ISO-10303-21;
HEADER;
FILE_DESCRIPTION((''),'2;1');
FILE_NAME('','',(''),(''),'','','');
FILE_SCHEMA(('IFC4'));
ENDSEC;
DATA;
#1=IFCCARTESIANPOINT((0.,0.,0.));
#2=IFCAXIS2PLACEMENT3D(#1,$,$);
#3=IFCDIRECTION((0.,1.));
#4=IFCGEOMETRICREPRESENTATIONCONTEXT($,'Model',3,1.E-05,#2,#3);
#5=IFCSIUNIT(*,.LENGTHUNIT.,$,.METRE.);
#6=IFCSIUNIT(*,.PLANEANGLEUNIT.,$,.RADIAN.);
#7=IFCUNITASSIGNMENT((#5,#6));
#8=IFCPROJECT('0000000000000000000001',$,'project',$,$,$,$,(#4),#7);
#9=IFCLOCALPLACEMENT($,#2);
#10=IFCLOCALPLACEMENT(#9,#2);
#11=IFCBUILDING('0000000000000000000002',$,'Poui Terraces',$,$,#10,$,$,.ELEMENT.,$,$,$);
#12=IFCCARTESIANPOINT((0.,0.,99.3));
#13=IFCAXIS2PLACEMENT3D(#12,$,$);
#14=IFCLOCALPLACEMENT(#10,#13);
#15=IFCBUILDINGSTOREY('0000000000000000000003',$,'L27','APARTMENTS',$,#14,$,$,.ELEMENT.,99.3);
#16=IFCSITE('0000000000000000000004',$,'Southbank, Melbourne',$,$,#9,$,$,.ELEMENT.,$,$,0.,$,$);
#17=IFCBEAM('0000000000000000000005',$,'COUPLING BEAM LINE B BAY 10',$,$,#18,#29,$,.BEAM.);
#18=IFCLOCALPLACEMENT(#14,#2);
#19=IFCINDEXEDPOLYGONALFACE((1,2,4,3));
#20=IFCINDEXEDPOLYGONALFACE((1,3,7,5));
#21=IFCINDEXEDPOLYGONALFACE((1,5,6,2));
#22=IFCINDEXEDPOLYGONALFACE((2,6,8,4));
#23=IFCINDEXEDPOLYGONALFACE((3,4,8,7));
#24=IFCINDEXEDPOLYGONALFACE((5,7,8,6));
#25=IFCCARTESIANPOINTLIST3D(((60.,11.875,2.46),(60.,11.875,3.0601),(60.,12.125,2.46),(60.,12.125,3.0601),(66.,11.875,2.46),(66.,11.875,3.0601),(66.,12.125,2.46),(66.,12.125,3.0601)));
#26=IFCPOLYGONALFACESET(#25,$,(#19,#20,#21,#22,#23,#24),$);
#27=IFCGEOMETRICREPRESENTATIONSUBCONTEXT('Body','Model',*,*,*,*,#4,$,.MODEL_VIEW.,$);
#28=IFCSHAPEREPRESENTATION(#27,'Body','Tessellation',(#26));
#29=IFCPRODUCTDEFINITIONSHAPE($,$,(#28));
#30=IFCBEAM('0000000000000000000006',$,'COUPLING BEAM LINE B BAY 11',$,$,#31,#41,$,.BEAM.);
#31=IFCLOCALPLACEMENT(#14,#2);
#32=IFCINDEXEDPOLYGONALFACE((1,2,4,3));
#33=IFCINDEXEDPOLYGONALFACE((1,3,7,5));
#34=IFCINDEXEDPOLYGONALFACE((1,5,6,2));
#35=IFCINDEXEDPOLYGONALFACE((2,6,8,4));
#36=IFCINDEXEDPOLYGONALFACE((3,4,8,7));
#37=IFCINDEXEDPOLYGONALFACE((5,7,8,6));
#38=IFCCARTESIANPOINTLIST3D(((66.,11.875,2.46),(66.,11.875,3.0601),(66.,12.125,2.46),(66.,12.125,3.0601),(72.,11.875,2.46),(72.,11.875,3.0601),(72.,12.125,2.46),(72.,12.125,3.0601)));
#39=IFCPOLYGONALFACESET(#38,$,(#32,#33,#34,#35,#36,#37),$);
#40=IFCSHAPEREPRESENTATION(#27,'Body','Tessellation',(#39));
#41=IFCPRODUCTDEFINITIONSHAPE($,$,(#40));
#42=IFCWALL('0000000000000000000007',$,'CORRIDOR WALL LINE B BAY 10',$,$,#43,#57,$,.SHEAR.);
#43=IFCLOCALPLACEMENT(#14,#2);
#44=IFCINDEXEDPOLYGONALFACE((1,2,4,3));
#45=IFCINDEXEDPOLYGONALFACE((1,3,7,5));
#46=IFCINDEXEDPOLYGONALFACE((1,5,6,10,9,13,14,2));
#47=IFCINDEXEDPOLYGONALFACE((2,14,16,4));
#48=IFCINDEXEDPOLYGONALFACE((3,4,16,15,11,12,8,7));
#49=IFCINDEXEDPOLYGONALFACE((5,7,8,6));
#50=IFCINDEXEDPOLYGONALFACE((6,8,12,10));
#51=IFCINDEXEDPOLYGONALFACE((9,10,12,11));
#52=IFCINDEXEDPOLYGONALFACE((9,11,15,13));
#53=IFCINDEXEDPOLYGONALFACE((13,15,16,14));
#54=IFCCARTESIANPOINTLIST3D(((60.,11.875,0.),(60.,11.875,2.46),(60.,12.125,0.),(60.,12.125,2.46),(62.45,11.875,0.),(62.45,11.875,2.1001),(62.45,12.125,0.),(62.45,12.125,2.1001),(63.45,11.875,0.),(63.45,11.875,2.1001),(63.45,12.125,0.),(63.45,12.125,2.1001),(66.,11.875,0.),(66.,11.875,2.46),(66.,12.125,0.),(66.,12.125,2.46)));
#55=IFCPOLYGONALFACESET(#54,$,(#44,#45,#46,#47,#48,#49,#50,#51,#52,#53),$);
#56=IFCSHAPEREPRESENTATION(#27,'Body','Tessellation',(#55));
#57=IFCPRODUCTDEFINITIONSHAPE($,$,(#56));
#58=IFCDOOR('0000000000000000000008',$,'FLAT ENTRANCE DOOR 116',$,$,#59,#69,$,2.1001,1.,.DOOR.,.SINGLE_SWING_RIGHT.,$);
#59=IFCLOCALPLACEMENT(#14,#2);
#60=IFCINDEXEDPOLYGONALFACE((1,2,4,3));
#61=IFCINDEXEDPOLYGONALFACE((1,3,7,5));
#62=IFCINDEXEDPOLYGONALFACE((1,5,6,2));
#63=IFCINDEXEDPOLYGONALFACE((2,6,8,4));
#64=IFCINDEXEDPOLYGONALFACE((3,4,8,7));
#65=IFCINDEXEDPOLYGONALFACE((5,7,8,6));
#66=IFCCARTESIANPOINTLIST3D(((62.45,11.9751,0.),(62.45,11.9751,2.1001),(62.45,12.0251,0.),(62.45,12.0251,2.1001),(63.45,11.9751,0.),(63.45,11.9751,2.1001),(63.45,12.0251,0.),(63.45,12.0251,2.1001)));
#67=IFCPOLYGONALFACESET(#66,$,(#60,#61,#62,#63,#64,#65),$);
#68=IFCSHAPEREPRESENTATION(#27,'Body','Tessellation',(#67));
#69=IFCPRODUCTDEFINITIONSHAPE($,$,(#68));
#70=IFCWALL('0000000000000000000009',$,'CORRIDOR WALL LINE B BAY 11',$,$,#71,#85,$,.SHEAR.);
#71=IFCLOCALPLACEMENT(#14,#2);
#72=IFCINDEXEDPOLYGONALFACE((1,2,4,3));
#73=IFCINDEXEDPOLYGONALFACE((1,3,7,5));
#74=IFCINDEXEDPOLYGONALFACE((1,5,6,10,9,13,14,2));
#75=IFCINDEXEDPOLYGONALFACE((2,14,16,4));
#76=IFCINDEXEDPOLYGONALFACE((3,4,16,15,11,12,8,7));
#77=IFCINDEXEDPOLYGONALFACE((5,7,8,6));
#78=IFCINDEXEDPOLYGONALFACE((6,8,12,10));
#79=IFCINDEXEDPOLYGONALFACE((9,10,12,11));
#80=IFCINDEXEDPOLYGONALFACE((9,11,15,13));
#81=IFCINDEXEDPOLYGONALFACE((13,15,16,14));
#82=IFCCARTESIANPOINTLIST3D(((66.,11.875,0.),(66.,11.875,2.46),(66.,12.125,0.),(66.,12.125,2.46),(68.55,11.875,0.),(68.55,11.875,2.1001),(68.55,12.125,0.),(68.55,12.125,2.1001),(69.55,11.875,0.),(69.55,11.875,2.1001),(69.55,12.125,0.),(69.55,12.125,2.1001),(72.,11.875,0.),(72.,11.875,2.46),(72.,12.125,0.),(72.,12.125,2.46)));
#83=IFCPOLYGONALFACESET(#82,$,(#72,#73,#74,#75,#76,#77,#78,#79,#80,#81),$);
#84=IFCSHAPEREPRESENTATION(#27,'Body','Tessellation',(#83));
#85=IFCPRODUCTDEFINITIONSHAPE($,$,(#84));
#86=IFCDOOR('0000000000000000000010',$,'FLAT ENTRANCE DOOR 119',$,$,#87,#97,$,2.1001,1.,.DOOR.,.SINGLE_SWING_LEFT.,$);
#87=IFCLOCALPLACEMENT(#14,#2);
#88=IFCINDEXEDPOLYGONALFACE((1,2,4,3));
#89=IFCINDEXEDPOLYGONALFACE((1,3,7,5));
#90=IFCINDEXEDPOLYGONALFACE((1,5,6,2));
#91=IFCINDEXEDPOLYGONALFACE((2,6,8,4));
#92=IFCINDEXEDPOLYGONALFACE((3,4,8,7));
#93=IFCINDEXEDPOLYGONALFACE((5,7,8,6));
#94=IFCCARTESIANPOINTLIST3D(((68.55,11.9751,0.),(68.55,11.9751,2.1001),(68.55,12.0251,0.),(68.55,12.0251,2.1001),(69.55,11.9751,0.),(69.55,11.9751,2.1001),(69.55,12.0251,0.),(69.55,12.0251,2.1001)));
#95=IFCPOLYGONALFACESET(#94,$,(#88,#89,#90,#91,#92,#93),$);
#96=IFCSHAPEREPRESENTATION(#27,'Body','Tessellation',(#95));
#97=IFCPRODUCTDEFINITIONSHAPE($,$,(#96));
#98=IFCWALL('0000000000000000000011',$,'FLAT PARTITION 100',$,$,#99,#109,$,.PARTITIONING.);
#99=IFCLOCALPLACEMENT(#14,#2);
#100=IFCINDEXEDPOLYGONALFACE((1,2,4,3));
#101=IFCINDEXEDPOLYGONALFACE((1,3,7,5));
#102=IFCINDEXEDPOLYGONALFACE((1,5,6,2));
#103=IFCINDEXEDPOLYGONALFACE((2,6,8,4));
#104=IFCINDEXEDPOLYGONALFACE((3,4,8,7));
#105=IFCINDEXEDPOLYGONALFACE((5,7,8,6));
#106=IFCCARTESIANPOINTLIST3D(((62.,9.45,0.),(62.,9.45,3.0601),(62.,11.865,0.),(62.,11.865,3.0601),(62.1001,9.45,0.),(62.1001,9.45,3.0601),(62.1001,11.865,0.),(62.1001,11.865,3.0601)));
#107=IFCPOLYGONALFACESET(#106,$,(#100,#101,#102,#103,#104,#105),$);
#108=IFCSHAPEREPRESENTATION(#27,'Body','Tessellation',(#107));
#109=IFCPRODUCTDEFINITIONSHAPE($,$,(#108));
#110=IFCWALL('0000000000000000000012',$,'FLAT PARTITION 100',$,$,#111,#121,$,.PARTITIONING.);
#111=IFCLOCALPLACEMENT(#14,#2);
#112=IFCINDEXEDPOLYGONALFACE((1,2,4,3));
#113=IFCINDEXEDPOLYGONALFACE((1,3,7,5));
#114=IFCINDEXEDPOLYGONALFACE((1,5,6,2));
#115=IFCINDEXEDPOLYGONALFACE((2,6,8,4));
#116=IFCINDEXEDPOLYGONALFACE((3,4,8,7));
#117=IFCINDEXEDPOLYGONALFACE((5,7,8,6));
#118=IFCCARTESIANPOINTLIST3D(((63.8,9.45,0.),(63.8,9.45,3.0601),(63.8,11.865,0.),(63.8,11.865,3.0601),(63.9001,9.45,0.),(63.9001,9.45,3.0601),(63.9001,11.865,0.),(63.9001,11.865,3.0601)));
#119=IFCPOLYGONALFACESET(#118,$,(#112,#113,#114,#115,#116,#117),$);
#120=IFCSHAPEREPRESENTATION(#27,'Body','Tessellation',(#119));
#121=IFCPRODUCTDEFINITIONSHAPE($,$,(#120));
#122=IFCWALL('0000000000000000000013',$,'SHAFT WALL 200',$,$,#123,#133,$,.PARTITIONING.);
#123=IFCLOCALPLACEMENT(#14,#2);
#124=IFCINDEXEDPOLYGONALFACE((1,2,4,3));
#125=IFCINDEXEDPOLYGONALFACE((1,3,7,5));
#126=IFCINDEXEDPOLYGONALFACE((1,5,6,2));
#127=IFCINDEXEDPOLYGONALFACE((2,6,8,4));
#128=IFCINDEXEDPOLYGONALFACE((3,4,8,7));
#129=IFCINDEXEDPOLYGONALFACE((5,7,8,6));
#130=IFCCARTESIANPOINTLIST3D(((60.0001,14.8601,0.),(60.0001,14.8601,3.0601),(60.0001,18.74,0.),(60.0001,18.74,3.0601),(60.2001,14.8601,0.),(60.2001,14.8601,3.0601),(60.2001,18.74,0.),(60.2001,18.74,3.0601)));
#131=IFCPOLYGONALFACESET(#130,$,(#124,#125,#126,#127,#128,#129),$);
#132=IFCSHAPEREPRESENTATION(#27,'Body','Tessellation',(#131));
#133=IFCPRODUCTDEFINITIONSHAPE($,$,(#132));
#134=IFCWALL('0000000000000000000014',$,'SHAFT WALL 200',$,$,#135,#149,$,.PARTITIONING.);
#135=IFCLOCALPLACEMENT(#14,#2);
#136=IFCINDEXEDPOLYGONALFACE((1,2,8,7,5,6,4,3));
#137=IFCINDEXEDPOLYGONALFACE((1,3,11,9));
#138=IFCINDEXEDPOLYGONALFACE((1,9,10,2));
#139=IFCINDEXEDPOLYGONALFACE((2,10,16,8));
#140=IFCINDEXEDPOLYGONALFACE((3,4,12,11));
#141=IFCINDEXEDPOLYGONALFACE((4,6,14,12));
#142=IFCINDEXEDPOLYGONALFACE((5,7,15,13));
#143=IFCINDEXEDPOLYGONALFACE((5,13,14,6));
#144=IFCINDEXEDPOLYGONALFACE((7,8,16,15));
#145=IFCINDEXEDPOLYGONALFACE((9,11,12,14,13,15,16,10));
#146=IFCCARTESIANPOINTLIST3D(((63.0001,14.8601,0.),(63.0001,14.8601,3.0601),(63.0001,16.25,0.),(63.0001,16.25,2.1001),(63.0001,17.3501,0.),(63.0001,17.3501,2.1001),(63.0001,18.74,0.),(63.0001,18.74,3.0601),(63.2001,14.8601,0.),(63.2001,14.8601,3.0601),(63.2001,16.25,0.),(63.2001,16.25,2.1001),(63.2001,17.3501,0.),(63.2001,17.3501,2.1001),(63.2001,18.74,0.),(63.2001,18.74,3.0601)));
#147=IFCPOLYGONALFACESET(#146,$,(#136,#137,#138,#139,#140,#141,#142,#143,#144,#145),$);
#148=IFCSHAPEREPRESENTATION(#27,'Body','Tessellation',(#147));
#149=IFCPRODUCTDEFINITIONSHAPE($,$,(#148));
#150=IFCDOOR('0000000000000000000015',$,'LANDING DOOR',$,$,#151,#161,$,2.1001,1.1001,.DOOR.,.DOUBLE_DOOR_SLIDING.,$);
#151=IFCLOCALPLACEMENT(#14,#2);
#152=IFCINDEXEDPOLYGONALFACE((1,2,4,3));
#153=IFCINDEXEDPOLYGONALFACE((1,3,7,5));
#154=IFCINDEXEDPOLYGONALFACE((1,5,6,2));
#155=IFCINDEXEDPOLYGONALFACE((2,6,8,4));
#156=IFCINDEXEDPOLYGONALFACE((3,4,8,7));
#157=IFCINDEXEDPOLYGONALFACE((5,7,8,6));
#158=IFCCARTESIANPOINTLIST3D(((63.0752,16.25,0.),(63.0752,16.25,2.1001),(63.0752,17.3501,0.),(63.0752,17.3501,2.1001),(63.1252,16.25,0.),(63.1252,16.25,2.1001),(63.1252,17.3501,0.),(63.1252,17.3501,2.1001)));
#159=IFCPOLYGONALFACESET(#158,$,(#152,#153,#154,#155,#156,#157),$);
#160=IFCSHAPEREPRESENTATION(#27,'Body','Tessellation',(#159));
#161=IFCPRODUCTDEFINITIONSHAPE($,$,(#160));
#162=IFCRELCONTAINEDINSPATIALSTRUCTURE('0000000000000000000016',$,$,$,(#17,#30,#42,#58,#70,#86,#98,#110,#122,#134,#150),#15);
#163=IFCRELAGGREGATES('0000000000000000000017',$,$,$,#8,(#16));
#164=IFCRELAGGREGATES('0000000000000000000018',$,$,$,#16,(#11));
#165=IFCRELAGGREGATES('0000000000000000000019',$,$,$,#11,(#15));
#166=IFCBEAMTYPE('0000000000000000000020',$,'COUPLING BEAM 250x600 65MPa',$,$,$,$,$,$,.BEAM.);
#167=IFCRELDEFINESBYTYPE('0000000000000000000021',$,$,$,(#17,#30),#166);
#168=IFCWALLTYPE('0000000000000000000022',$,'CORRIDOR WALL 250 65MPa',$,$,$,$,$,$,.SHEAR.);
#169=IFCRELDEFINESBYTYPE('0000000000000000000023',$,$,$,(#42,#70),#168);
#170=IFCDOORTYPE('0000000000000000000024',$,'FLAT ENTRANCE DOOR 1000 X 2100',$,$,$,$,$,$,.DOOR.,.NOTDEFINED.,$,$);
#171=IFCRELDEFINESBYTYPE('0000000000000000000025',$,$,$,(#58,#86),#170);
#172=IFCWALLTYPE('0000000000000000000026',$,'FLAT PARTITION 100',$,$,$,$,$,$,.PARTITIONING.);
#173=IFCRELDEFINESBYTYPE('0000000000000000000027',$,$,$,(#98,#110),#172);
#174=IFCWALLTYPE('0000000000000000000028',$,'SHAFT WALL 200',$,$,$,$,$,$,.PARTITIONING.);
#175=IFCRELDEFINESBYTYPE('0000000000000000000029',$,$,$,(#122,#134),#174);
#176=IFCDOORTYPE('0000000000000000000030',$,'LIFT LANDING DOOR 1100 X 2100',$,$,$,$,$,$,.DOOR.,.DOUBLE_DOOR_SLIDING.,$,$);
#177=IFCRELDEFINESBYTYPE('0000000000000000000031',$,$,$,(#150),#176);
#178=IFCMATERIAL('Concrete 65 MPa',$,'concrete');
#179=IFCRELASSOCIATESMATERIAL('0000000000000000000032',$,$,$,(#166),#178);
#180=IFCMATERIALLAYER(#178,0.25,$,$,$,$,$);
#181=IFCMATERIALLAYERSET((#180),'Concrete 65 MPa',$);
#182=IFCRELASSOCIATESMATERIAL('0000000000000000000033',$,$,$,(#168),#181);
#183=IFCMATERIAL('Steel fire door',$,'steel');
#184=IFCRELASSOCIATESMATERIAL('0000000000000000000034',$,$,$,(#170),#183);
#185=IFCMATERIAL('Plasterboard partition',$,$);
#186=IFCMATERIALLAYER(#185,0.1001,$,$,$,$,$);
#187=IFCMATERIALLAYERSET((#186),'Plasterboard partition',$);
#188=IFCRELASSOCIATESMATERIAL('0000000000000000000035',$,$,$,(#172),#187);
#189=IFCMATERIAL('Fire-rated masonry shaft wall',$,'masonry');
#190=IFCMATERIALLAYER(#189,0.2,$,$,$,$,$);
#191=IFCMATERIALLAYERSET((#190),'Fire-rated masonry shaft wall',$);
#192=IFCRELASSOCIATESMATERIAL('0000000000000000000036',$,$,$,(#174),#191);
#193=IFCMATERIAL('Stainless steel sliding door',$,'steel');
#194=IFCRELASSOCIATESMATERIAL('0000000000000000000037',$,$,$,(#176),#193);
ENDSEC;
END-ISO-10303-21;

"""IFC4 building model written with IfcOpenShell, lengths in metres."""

from ifc_helpers import new_model, si_unit, direction, frame, frame_2d, origin, origin_2d, place, context, subcontext, project, spatial, rectangle, extrude, source, transform, mapped, material, layer, layer_set, material_profile, profile_set, type_object, element, fill, save


model = new_model("IFC4")

# Units and contexts
model_context = context("Model", 3, precision=1e-05, world=origin(), true_north=direction((0.0, 1.0)))
body_context = subcontext(model_context, "Body", "Model", "MODEL_VIEW")
ifc_project = project(units=[si_unit("LENGTHUNIT", "METRE"), si_unit("PLANEANGLEUNIT", "RADIAN")], contexts=[model_context])

# Site, building, storey
site_placement = place(None, origin())
site = spatial("IfcSite", under=ifc_project, at=site_placement, Name="Southbank, Melbourne", CompositionType="ELEMENT", RefElevation=0.0)
building_placement = place(site_placement, origin())
building = spatial("IfcBuilding", under=site, at=building_placement, Name="Poui Terraces", CompositionType="ELEMENT")
storey_placement = place(building_placement, frame((0.0, 0.0, 99.3)))
storey = spatial("IfcBuildingStorey", under=building, at=storey_placement, Name="L27", Description="APARTMENTS", CompositionType="ELEMENT", Elevation=99.3)

# Beams
ifc_material_1 = material(Name="Concrete 65 MPa", Category="concrete")
ifc_material_profile = material_profile(ifc_material_1, rectangle(XDim=0.25, YDim=0.6001, at=origin_2d()), Name="RC 250x600")
ifc_profile_set = profile_set([ifc_material_profile], Name="Concrete 65 MPa")
beam_type = type_object("IfcBeamType", Name="COUPLING BEAM 250x600 65MPa", PredefinedType="BEAM", material=ifc_profile_set)
shared_shape = source(origin(), body_context, "Body", "SweptSolid", [
    extrude(rectangle(XDim=0.25, YDim=0.6001, at=origin_2d()), origin(), (0.0, 0.0, 1.0), 6.0),
])
for number, where, z_axis, x_axis, name in (
    (1, (60.0, 12.0, 2.76), (1.0, 0.0, 0.0), (0.0, 1.0, 0.0), "COUPLING BEAM LINE B BAY 10"),
    (2, (66.0, 12.0, 2.76), (1.0, 0.0, 0.0), (0.0, 1.0, 0.0), "COUPLING BEAM LINE B BAY 11"),
):
    element("IfcBeam", number, at=place(storey_placement, frame(where, z_axis=z_axis, x_axis=x_axis)), inside=storey, type_object=beam_type, Name=name, PredefinedType="BEAM", context=body_context, shape_type="MappedRepresentation", body=[
        mapped(shared_shape, transform((0.0, 0.0, 0.0))),
    ])

# Walls, openings, doors
ifc_layer_1 = layer(ifc_material_1, 0.25)
ifc_layer_set_1 = layer_set([ifc_layer_1], Name="Concrete 65 MPa")
wall_type_1 = type_object("IfcWallType", Name="CORRIDOR WALL 250 65MPa", PredefinedType="SHEAR", material=ifc_layer_set_1)
wall_1_placement = place(storey_placement, frame((60.0, 12.0, 0.0), z_axis=(0.0, 0.0, 1.0), x_axis=(1.0, 0.0, 0.0)))
wall_1 = element("IfcWall", 3, at=wall_1_placement, inside=storey, type_object=wall_type_1, Name="CORRIDOR WALL LINE B BAY 10", PredefinedType="SHEAR", context=body_context, shape_type="SweptSolid", body=[
    extrude(rectangle(XDim=6.0, YDim=0.25, at=frame_2d((3.0, 0.0))), origin(), (0.0, 0.0, 1.0), 2.46),
])
opening_1_placement = place(wall_1_placement, frame((2.45, 0.0, 0.0)))
opening_1 = element("IfcOpeningElement", 4, at=opening_1_placement, cuts=wall_1, PredefinedType="OPENING", context=body_context, shape_type="SweptSolid", body=[
    extrude(rectangle(XDim=1.0, YDim=2.1001, at=frame_2d((0.5, 1.05))), frame((0.0, 0.135, 0.0), z_axis=(0.0, -1.0, 0.0), x_axis=(1.0, 0.0, 0.0)), (0.0, 0.0, 1.0), 0.27),
])
ifc_material_2 = material(Name="Steel fire door", Category="steel")
door_type_1 = type_object("IfcDoorType", Name="FLAT ENTRANCE DOOR 1000 X 2100", OperationType="NOTDEFINED", PredefinedType="DOOR", material=ifc_material_2)
door_1_placement = place(opening_1_placement, frame((1.0, 0.0, 0.0), z_axis=(0.0, 0.0, 1.0), x_axis=(-1.0, 0.0, 0.0)))
door_1 = element("IfcDoor", 5, at=door_1_placement, inside=storey, type_object=door_type_1, Name="FLAT ENTRANCE DOOR 116", OperationType="SINGLE_SWING_RIGHT", OverallHeight=2.1001, OverallWidth=1.0, PredefinedType="DOOR", context=body_context, shape_type="SweptSolid", body=[
    extrude(rectangle(XDim=1.0, YDim=2.1001, at=frame_2d((0.5, 1.05))), frame((0.0, 0.0249, 0.0), z_axis=(0.0, -1.0, 0.0), x_axis=(1.0, 0.0, 0.0)), (0.0, 0.0, 1.0), 0.05),
])
fill(opening_1, door_1)
wall_2_placement = place(storey_placement, frame((66.0, 12.0, 0.0), z_axis=(0.0, 0.0, 1.0), x_axis=(1.0, 0.0, 0.0)))
wall_2 = element("IfcWall", 6, at=wall_2_placement, inside=storey, type_object=wall_type_1, Name="CORRIDOR WALL LINE B BAY 11", PredefinedType="SHEAR", context=body_context, shape_type="SweptSolid", body=[
    extrude(rectangle(XDim=6.0, YDim=0.25, at=frame_2d((3.0, 0.0))), origin(), (0.0, 0.0, 1.0), 2.46),
])
opening_2_placement = place(wall_2_placement, frame((2.55, 0.0, 0.0)))
opening_2 = element("IfcOpeningElement", 7, at=opening_2_placement, cuts=wall_2, PredefinedType="OPENING", context=body_context, shape_type="SweptSolid", body=[
    extrude(rectangle(XDim=1.0, YDim=2.1001, at=frame_2d((0.5, 1.05))), frame((0.0, 0.135, 0.0), z_axis=(0.0, -1.0, 0.0), x_axis=(1.0, 0.0, 0.0)), (0.0, 0.0, 1.0), 0.27),
])
door_2_placement = place(opening_2_placement, frame((1.0, 0.0, 0.0), z_axis=(0.0, 0.0, 1.0), x_axis=(-1.0, 0.0, 0.0)))
door_2 = element("IfcDoor", 8, at=door_2_placement, inside=storey, type_object=door_type_1, Name="FLAT ENTRANCE DOOR 119", OperationType="SINGLE_SWING_LEFT", OverallHeight=2.1001, OverallWidth=1.0, PredefinedType="DOOR", context=body_context, shape_type="SweptSolid", body=[
    extrude(rectangle(XDim=1.0, YDim=2.1001, at=frame_2d((0.5, 1.05))), frame((0.0, 0.0249, 0.0), z_axis=(0.0, -1.0, 0.0), x_axis=(1.0, 0.0, 0.0)), (0.0, 0.0, 1.0), 0.05),
])
fill(opening_2, door_2)

# Walls
ifc_material_3 = material(Name="Plasterboard partition")
ifc_layer_2 = layer(ifc_material_3, 0.1001)
ifc_layer_set_2 = layer_set([ifc_layer_2], Name="Plasterboard partition")
wall_type_2 = type_object("IfcWallType", Name="FLAT PARTITION 100", PredefinedType="PARTITIONING", material=ifc_layer_set_2)
for number, where, z_axis, x_axis, name in (
    (9, (62.05, 9.45, 0.0), (0.0, 0.0, 1.0), (0.0, 1.0, 0.0), "FLAT PARTITION 100"),
    (10, (63.8501, 9.45, 0.0), (0.0, 0.0, 1.0), (0.0, 1.0, 0.0), "FLAT PARTITION 100"),
):
    element("IfcWall", number, at=place(storey_placement, frame(where, z_axis=z_axis, x_axis=x_axis)), inside=storey, type_object=wall_type_2, Name=name, PredefinedType="PARTITIONING", context=body_context, shape_type="SweptSolid", body=[
        extrude(rectangle(XDim=2.415, YDim=0.1001, at=frame_2d((1.2075, 0.0))), origin(), (0.0, 0.0, 1.0), 3.0601),
    ])
ifc_material_4 = material(Name="Fire-rated masonry shaft wall", Category="masonry")
ifc_layer_3 = layer(ifc_material_4, 0.2)
ifc_layer_set_3 = layer_set([ifc_layer_3], Name="Fire-rated masonry shaft wall")
wall_type_3 = type_object("IfcWallType", Name="SHAFT WALL 200", PredefinedType="PARTITIONING", material=ifc_layer_set_3)
wall_3_placement = place(storey_placement, frame((60.1001, 14.8601, 0.0), z_axis=(0.0, 0.0, 1.0), x_axis=(0.0, 1.0, 0.0)))
element("IfcWall", 11, at=wall_3_placement, inside=storey, type_object=wall_type_3, Name="SHAFT WALL 200", PredefinedType="PARTITIONING", context=body_context, shape_type="SweptSolid", body=[
    extrude(rectangle(XDim=3.8799, YDim=0.2, at=frame_2d((1.9399, 0.0))), origin(), (0.0, 0.0, 1.0), 3.0601),
])

# Wall, opening, door
wall_4_placement = place(storey_placement, frame((63.1001, 14.8601, 0.0), z_axis=(0.0, 0.0, 1.0), x_axis=(0.0, 1.0, 0.0)))
wall_4 = element("IfcWall", 12, at=wall_4_placement, inside=storey, type_object=wall_type_3, Name="SHAFT WALL 200", PredefinedType="PARTITIONING", context=body_context, shape_type="SweptSolid", body=[
    extrude(rectangle(XDim=3.8799, YDim=0.2, at=frame_2d((1.9399, 0.0))), origin(), (0.0, 0.0, 1.0), 3.0601),
])
opening_3_placement = place(wall_4_placement, frame((1.3899, 0.0, 0.0)))
opening_3 = element("IfcOpeningElement", 13, at=opening_3_placement, cuts=wall_4, PredefinedType="OPENING", context=body_context, shape_type="SweptSolid", body=[
    extrude(rectangle(XDim=1.1001, YDim=2.1001, at=frame_2d((0.55, 1.05))), frame((0.0, 0.1099, 0.0), z_axis=(0.0, -1.0, 0.0), x_axis=(1.0, 0.0, 0.0)), (0.0, 0.0, 1.0), 0.22),
])
ifc_material_5 = material(Name="Stainless steel sliding door", Category="steel")
door_type_2 = type_object("IfcDoorType", Name="LIFT LANDING DOOR 1100 X 2100", OperationType="DOUBLE_DOOR_SLIDING", PredefinedType="DOOR", material=ifc_material_5)
door_3_placement = place(opening_3_placement, origin())
door_3 = element("IfcDoor", 14, at=door_3_placement, inside=storey, type_object=door_type_2, Name="LANDING DOOR", OperationType="DOUBLE_DOOR_SLIDING", OverallHeight=2.1001, OverallWidth=1.1001, PredefinedType="DOOR", context=body_context, shape_type="SweptSolid", body=[
    extrude(rectangle(XDim=1.1001, YDim=2.1001, at=frame_2d((0.55, 1.05))), frame((0.0, 0.0249, 0.0), z_axis=(0.0, -1.0, 0.0), x_axis=(1.0, 0.0, 0.0)), (0.0, 0.0, 1.0), 0.05),
])
fill(opening_3, door_3)

save(model, "model.ifc")
